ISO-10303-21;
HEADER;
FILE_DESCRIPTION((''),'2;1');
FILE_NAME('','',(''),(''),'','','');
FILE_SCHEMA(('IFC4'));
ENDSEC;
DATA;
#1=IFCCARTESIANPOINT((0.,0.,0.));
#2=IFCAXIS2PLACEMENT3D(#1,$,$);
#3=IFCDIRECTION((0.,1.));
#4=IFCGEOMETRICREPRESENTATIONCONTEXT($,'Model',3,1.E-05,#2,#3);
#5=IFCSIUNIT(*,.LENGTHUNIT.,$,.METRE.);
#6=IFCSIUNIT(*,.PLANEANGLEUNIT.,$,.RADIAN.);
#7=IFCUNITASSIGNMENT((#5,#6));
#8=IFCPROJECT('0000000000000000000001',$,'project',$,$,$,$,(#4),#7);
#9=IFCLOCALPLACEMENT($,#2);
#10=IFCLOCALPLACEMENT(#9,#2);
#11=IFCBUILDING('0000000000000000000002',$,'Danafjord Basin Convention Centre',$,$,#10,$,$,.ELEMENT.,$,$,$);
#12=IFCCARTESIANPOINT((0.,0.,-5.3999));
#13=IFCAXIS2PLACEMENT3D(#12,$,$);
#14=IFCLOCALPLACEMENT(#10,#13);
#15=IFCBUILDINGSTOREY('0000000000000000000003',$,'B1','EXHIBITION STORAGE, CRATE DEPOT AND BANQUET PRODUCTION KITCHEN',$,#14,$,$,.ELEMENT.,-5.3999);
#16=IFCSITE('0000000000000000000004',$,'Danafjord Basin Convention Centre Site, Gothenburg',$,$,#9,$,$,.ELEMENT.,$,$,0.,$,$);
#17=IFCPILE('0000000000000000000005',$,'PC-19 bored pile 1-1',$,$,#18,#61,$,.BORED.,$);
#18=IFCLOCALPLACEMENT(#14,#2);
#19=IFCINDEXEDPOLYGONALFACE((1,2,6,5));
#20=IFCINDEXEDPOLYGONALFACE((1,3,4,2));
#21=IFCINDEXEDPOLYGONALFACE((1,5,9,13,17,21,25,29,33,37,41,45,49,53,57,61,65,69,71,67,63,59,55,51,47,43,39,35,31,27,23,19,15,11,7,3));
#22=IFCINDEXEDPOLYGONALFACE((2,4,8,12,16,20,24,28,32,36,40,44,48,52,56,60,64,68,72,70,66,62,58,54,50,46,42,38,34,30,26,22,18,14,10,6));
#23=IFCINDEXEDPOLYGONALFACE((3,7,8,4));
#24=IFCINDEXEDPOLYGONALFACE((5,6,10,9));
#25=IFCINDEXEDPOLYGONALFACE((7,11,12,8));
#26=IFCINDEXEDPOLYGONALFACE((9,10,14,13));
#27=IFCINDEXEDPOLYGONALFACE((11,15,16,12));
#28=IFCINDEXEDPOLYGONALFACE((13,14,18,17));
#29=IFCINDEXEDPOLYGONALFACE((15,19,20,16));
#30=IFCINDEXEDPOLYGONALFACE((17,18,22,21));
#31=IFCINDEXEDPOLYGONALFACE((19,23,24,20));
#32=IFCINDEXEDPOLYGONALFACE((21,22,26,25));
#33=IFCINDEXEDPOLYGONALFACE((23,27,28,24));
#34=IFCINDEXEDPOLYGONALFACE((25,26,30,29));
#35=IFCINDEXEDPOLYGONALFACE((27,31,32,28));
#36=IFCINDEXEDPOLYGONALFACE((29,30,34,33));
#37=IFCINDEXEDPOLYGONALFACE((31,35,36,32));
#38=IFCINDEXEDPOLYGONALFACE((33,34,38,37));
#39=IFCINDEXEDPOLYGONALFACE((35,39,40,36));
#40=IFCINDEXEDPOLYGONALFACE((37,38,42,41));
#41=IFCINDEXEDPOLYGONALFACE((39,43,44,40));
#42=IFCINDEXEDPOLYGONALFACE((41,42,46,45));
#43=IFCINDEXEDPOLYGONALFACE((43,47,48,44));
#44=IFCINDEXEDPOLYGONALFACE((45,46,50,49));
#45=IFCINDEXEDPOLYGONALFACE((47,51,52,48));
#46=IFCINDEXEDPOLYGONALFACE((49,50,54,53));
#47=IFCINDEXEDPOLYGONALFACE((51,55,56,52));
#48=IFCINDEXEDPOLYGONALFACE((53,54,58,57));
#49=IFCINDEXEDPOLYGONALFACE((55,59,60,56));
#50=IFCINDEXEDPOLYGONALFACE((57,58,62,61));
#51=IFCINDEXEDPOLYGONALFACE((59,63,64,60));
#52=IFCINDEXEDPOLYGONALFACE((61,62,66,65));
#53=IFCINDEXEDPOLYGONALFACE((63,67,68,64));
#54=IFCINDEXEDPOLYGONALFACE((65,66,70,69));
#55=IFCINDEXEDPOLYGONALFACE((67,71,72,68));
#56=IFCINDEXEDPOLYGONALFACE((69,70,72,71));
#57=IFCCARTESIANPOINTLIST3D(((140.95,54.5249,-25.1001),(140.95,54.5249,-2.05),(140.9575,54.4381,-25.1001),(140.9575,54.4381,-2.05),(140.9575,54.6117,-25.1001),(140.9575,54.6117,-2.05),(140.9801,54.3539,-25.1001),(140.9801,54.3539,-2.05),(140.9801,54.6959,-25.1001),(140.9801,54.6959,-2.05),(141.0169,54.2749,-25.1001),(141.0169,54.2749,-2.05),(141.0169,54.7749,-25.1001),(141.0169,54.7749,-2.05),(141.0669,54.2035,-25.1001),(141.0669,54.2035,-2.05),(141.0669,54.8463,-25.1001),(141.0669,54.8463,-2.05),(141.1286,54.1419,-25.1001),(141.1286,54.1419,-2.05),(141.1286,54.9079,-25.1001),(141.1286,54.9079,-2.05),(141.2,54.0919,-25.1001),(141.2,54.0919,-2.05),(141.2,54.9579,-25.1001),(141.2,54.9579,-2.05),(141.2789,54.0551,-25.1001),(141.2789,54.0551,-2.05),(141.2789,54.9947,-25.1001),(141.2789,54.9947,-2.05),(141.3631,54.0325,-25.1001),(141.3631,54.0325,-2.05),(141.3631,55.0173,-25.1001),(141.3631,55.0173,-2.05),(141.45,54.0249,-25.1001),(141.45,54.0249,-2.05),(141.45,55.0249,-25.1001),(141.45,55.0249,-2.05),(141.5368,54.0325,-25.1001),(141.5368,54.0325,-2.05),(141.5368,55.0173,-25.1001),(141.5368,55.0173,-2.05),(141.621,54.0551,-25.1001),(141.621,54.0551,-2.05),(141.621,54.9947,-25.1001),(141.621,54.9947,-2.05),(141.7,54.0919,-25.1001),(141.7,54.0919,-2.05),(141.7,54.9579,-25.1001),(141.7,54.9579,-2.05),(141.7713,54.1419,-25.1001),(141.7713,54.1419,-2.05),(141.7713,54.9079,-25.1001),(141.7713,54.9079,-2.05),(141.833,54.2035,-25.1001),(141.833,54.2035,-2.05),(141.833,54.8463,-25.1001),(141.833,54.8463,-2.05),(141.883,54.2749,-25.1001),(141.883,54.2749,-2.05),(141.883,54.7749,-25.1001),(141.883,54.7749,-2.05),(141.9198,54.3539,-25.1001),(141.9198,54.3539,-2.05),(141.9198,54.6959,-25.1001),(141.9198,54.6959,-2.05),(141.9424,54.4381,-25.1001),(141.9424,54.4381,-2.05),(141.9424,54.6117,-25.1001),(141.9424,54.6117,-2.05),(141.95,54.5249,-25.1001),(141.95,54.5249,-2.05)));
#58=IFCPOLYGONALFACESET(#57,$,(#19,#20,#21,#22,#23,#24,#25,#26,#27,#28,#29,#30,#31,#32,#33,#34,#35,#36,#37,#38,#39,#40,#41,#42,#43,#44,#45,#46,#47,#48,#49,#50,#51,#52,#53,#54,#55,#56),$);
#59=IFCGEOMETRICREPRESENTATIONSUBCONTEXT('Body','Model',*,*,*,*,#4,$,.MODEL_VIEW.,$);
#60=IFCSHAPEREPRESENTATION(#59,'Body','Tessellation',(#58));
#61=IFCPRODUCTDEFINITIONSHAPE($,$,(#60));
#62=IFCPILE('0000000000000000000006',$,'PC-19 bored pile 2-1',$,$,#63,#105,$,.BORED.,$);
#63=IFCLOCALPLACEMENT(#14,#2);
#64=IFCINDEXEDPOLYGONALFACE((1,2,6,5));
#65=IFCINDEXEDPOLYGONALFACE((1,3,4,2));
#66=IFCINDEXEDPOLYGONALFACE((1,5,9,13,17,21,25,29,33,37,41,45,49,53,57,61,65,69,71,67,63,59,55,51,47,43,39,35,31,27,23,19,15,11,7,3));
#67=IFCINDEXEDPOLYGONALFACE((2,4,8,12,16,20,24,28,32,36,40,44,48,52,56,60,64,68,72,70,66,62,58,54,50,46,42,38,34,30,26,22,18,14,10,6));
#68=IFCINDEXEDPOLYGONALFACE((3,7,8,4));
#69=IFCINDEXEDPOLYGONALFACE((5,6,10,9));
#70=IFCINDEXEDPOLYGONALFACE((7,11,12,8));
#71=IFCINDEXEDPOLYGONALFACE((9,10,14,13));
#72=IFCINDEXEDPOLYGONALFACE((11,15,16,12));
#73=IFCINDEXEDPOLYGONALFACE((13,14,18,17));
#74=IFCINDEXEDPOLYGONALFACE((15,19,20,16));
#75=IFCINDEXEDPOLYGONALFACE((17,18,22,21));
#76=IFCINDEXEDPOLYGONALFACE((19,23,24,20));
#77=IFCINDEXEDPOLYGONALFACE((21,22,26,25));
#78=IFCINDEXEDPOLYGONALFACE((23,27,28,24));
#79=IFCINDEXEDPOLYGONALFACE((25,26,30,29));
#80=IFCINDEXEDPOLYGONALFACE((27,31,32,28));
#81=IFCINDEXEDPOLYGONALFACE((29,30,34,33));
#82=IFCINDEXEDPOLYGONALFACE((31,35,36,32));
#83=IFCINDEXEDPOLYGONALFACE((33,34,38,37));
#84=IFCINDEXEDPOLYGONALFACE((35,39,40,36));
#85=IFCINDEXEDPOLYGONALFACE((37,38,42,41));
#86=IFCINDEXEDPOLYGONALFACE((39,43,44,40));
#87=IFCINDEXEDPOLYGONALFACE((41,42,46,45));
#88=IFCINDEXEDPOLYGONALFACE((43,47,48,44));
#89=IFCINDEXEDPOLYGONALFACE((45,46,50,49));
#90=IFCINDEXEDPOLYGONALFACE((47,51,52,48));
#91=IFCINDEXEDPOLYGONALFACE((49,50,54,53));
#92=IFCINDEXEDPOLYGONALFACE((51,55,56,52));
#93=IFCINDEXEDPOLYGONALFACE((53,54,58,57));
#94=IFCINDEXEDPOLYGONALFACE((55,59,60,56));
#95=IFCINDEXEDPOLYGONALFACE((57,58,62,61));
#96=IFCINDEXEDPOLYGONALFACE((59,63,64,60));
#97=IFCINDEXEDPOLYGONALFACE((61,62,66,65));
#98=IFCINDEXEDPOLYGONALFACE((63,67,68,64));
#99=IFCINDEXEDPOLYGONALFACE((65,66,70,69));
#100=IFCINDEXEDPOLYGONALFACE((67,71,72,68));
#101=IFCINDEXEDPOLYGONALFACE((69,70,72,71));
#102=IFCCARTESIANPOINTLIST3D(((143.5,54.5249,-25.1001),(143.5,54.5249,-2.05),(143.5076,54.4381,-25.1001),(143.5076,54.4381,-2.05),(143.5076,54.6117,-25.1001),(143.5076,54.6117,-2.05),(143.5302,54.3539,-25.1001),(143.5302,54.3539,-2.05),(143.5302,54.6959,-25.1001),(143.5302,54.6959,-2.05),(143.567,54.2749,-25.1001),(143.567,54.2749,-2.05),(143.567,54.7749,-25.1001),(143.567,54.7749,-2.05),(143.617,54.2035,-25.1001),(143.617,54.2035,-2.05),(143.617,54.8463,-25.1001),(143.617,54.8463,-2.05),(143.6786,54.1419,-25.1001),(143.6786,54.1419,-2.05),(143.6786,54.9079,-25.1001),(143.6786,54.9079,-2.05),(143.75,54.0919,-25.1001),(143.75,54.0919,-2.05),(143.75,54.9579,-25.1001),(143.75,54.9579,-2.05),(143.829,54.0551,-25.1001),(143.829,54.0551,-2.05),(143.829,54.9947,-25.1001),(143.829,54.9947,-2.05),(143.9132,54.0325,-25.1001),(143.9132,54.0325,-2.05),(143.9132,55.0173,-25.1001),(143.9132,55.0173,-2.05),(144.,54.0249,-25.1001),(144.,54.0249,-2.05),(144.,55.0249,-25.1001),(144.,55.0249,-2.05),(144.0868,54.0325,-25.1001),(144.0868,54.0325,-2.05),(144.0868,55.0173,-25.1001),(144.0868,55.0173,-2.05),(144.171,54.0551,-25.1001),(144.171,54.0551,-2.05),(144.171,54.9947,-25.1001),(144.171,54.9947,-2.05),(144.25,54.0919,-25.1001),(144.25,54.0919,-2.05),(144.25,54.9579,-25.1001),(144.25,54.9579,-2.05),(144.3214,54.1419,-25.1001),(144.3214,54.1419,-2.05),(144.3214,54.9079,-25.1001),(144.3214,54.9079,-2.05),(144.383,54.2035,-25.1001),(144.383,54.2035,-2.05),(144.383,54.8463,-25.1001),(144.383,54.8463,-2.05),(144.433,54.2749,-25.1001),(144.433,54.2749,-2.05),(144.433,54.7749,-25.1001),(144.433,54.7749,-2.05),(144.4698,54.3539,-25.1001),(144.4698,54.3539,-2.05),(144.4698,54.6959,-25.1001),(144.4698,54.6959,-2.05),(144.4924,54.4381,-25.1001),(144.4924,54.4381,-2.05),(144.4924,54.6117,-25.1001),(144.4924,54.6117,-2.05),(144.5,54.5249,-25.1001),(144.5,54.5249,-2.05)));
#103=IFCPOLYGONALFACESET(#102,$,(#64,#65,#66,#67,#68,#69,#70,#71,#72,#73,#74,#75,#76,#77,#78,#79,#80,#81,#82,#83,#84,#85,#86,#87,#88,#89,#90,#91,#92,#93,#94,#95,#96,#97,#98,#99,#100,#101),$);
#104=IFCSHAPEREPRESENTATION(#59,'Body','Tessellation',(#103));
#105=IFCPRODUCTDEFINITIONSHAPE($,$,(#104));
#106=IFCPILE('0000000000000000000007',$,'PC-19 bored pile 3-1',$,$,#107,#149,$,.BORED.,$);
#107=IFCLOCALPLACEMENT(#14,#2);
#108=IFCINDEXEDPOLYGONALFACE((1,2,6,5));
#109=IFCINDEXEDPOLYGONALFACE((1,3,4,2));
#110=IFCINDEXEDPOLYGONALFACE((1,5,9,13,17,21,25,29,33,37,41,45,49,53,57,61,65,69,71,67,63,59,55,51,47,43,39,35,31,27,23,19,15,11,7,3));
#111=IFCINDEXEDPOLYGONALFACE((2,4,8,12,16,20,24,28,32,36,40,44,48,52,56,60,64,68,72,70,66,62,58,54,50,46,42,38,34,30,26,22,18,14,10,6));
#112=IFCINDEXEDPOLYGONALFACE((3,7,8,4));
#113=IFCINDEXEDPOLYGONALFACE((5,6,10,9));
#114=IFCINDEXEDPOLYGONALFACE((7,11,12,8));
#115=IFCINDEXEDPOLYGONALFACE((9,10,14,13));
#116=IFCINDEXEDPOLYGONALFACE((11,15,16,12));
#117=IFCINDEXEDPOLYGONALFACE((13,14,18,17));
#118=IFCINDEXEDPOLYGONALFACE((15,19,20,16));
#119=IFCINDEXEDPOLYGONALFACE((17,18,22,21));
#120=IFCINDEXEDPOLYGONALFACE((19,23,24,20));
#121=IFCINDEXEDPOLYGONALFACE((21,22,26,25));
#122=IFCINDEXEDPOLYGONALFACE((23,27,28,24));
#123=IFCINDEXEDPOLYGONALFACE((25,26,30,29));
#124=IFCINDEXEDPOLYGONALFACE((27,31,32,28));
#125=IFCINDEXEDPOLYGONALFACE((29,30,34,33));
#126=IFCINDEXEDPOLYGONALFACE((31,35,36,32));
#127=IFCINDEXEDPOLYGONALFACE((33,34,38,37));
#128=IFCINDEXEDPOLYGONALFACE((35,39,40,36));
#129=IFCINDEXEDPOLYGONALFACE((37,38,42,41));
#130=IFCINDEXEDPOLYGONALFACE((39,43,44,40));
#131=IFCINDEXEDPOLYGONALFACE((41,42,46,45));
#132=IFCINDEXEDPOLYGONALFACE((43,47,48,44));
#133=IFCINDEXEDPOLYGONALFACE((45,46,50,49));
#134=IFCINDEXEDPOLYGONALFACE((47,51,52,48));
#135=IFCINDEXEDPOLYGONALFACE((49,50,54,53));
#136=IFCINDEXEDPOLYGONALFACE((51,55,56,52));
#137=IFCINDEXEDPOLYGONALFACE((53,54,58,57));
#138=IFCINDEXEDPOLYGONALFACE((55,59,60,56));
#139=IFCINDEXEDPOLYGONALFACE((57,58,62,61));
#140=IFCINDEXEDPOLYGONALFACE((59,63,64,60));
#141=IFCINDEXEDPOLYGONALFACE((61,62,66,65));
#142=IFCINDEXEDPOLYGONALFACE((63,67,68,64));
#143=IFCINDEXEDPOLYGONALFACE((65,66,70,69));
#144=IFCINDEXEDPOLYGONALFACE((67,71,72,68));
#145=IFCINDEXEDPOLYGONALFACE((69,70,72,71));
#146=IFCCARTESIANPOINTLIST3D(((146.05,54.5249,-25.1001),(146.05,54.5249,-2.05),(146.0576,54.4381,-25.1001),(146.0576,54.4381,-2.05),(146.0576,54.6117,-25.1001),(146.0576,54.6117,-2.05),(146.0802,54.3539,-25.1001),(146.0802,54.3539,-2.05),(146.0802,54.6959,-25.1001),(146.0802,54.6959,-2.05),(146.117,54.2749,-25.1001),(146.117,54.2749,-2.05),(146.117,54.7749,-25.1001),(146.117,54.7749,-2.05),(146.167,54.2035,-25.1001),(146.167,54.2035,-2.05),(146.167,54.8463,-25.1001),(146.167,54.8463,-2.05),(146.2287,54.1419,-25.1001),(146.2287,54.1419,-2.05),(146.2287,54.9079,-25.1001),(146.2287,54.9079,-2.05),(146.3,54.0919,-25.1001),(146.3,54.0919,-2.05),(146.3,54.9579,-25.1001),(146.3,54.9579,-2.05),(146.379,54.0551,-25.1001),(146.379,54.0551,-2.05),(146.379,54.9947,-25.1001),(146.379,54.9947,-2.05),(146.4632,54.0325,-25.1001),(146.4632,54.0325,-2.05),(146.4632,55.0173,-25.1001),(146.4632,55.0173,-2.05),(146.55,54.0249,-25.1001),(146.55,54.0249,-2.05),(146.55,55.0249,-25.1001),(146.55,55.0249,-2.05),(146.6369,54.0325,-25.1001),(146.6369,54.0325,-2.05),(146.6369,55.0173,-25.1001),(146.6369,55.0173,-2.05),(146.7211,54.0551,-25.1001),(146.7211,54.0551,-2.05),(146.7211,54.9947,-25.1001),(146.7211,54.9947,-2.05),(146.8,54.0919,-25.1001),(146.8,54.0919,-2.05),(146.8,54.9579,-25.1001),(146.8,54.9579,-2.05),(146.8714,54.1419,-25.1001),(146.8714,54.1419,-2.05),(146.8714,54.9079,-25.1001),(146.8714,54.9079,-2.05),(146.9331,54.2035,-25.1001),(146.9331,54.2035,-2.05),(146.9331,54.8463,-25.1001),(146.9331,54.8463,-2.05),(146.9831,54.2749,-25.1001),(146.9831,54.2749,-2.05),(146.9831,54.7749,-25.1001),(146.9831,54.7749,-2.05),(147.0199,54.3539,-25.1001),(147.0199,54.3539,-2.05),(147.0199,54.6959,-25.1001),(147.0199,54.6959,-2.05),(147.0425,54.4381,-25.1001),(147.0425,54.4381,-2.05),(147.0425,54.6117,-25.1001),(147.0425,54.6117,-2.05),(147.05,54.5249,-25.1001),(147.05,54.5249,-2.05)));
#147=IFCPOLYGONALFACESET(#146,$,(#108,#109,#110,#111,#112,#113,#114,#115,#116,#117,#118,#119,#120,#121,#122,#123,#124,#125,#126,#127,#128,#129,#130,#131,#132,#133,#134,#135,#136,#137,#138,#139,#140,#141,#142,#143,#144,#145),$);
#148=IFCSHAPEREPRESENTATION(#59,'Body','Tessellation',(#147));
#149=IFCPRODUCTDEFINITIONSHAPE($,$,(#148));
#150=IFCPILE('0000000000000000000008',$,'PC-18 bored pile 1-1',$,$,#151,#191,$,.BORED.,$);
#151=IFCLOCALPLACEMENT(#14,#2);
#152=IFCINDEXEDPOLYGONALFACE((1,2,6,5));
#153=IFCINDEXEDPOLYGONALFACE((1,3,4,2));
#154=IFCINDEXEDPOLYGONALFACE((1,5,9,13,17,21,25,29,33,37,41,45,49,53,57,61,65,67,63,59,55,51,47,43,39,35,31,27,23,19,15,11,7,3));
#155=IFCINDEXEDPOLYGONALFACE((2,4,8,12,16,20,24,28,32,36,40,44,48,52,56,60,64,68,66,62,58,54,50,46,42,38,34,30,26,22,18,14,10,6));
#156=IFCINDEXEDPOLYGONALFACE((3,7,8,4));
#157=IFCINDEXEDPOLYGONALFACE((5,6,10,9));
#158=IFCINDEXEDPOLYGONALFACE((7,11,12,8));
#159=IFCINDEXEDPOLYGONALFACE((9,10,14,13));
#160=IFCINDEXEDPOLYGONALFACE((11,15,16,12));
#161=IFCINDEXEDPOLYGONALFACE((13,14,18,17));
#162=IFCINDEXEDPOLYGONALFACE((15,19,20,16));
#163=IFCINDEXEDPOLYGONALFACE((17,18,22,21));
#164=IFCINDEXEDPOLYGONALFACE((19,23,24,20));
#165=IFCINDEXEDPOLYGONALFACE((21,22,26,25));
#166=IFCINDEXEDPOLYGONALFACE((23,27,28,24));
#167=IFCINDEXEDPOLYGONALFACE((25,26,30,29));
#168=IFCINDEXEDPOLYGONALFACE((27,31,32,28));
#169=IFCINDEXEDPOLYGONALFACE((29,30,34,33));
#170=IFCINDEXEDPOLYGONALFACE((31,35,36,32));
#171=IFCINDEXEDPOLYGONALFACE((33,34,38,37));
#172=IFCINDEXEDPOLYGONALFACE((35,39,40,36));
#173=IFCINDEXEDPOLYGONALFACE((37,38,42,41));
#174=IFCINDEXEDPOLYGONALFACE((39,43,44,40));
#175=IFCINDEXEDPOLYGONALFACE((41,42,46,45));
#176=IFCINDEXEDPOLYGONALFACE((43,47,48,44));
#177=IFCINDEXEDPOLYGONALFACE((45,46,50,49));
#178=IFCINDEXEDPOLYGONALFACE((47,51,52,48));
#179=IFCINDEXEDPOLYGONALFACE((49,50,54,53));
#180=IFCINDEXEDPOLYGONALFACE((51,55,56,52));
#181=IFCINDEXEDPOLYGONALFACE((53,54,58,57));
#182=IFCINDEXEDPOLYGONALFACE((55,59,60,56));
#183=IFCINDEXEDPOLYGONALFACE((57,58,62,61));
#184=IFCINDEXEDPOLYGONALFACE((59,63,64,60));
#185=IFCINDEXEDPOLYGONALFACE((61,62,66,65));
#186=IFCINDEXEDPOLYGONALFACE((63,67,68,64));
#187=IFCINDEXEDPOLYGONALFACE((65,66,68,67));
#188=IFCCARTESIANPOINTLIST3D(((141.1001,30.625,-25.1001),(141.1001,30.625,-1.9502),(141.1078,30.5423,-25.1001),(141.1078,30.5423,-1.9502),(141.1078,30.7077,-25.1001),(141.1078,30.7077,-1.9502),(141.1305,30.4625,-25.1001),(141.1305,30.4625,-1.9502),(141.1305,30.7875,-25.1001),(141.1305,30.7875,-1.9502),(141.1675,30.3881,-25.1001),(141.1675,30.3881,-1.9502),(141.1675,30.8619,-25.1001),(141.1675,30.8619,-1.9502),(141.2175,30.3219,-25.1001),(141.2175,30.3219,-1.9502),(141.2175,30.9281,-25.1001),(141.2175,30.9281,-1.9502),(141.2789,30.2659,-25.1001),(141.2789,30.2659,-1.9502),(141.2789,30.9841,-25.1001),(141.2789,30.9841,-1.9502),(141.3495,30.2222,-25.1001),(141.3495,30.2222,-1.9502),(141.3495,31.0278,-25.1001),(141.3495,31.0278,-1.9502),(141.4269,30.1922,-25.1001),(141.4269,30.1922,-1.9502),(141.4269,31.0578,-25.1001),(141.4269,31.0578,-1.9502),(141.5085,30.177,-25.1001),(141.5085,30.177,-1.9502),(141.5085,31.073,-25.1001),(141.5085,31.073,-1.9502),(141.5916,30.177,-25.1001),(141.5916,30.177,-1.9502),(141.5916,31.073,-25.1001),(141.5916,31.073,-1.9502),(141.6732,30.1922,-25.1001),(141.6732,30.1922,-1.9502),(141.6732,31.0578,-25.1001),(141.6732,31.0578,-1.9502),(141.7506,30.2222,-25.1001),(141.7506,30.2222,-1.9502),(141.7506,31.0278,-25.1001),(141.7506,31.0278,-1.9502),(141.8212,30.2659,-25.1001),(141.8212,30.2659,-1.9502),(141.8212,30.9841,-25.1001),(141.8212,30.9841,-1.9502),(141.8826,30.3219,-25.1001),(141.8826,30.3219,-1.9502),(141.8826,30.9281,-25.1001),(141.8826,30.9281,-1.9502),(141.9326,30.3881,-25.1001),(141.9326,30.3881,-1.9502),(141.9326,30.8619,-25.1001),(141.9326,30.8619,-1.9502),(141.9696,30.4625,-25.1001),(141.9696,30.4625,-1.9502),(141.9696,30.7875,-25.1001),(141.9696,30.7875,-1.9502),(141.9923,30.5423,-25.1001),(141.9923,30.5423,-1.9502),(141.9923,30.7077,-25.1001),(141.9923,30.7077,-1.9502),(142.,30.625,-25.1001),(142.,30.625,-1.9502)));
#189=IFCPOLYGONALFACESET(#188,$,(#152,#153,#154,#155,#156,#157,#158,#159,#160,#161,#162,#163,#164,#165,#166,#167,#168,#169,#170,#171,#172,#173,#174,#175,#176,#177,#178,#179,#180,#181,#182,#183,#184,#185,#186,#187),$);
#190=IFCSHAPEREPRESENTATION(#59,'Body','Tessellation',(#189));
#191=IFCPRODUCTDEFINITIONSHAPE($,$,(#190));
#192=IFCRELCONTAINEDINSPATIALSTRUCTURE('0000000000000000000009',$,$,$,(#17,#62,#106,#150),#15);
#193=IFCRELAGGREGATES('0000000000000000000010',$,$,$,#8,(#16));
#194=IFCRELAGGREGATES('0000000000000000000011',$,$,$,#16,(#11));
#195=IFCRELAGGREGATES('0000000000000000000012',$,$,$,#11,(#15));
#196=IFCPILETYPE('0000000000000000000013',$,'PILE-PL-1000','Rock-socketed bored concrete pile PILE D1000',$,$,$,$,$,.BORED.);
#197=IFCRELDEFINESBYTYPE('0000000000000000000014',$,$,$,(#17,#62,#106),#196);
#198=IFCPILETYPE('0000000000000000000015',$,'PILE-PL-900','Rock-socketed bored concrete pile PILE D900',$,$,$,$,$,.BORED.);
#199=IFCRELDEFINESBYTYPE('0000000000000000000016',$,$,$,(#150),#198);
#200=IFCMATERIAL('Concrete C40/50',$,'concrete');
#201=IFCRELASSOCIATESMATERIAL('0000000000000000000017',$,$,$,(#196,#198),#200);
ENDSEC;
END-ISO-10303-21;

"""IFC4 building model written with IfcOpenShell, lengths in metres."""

from ifc_helpers import new_model, si_unit, direction, frame, origin, origin_2d, place, context, subcontext, project, spatial, circle, extrude, material, material_profile, profile_set, type_object, element, save


model = new_model("IFC4")

# Units and contexts
model_context = context("Model", 3, precision=1e-05, world=origin(), true_north=direction((0.0, 1.0)))
body_context = subcontext(model_context, "Body", "Model", "MODEL_VIEW")
ifc_project = project(units=[si_unit("LENGTHUNIT", "METRE"), si_unit("PLANEANGLEUNIT", "RADIAN")], contexts=[model_context])

# Site, building, storey
site_placement = place(None, origin())
site = spatial("IfcSite", under=ifc_project, at=site_placement, Name="Danafjord Basin Convention Centre Site, Gothenburg", CompositionType="ELEMENT", RefElevation=0.0)
building_placement = place(site_placement, origin())
building = spatial("IfcBuilding", under=site, at=building_placement, Name="Danafjord Basin Convention Centre", CompositionType="ELEMENT")
storey_placement = place(building_placement, frame((0.0, 0.0, -5.3999)))
storey = spatial("IfcBuildingStorey", under=building, at=storey_placement, Name="B1", Description="EXHIBITION STORAGE, CRATE DEPOT AND BANQUET PRODUCTION KITCHEN", CompositionType="ELEMENT", Elevation=-5.3999)

# Shared definitions
ifc_material_1 = material(Name="Concrete C40/50", Category="concrete")

# Piles
ifc_material_profile_1 = material_profile(ifc_material_1, circle(Radius=0.5, at=origin_2d()), Name="PILE D1000")
ifc_profile_set_1 = profile_set([ifc_material_profile_1], Name="Concrete C40/50")
pile_type_1 = type_object("IfcPileType", Name="PILE-PL-1000", Description="Rock-socketed bored concrete pile PILE D1000", PredefinedType="BORED", material=ifc_profile_set_1)
for number, where, z_axis, x_axis, name in (
    (1, (141.45, 54.5249, -2.05), (0.0, 0.0, -1.0), (1.0, 0.0, 0.0), "PC-19 bored pile 1-1"),
    (2, (144.0, 54.5249, -2.05), (0.0, 0.0, -1.0), (1.0, 0.0, 0.0), "PC-19 bored pile 2-1"),
    (3, (146.55, 54.5249, -2.05), (0.0, 0.0, -1.0), (1.0, 0.0, 0.0), "PC-19 bored pile 3-1"),
):
    element("IfcPile", number, at=place(storey_placement, frame(where, z_axis=z_axis, x_axis=x_axis)), inside=storey, type_object=pile_type_1, Name=name, PredefinedType="BORED", context=body_context, shape_type="SweptSolid", body=[
        extrude(circle(Radius=0.5, at=origin_2d()), origin(), (0.0, 0.0, 1.0), 23.05),
    ])
ifc_material_profile_2 = material_profile(ifc_material_1, circle(Radius=0.45, at=origin_2d()), Name="PILE D900")
ifc_profile_set_2 = profile_set([ifc_material_profile_2], Name="Concrete C40/50")
pile_type_2 = type_object("IfcPileType", Name="PILE-PL-900", Description="Rock-socketed bored concrete pile PILE D900", PredefinedType="BORED", material=ifc_profile_set_2)
for number, where, z_axis, x_axis, name in (
    (4, (141.55, 30.625, -1.9502), (0.0, 0.0, -1.0), (1.0, 0.0, 0.0), "PC-18 bored pile 1-1"),
):
    element("IfcPile", number, at=place(storey_placement, frame(where, z_axis=z_axis, x_axis=x_axis)), inside=storey, type_object=pile_type_2, Name=name, PredefinedType="BORED", context=body_context, shape_type="SweptSolid", body=[
        extrude(circle(Radius=0.45, at=origin_2d()), origin(), (0.0, 0.0, 1.0), 23.1499),
    ])

save(model, "model.ifc")
